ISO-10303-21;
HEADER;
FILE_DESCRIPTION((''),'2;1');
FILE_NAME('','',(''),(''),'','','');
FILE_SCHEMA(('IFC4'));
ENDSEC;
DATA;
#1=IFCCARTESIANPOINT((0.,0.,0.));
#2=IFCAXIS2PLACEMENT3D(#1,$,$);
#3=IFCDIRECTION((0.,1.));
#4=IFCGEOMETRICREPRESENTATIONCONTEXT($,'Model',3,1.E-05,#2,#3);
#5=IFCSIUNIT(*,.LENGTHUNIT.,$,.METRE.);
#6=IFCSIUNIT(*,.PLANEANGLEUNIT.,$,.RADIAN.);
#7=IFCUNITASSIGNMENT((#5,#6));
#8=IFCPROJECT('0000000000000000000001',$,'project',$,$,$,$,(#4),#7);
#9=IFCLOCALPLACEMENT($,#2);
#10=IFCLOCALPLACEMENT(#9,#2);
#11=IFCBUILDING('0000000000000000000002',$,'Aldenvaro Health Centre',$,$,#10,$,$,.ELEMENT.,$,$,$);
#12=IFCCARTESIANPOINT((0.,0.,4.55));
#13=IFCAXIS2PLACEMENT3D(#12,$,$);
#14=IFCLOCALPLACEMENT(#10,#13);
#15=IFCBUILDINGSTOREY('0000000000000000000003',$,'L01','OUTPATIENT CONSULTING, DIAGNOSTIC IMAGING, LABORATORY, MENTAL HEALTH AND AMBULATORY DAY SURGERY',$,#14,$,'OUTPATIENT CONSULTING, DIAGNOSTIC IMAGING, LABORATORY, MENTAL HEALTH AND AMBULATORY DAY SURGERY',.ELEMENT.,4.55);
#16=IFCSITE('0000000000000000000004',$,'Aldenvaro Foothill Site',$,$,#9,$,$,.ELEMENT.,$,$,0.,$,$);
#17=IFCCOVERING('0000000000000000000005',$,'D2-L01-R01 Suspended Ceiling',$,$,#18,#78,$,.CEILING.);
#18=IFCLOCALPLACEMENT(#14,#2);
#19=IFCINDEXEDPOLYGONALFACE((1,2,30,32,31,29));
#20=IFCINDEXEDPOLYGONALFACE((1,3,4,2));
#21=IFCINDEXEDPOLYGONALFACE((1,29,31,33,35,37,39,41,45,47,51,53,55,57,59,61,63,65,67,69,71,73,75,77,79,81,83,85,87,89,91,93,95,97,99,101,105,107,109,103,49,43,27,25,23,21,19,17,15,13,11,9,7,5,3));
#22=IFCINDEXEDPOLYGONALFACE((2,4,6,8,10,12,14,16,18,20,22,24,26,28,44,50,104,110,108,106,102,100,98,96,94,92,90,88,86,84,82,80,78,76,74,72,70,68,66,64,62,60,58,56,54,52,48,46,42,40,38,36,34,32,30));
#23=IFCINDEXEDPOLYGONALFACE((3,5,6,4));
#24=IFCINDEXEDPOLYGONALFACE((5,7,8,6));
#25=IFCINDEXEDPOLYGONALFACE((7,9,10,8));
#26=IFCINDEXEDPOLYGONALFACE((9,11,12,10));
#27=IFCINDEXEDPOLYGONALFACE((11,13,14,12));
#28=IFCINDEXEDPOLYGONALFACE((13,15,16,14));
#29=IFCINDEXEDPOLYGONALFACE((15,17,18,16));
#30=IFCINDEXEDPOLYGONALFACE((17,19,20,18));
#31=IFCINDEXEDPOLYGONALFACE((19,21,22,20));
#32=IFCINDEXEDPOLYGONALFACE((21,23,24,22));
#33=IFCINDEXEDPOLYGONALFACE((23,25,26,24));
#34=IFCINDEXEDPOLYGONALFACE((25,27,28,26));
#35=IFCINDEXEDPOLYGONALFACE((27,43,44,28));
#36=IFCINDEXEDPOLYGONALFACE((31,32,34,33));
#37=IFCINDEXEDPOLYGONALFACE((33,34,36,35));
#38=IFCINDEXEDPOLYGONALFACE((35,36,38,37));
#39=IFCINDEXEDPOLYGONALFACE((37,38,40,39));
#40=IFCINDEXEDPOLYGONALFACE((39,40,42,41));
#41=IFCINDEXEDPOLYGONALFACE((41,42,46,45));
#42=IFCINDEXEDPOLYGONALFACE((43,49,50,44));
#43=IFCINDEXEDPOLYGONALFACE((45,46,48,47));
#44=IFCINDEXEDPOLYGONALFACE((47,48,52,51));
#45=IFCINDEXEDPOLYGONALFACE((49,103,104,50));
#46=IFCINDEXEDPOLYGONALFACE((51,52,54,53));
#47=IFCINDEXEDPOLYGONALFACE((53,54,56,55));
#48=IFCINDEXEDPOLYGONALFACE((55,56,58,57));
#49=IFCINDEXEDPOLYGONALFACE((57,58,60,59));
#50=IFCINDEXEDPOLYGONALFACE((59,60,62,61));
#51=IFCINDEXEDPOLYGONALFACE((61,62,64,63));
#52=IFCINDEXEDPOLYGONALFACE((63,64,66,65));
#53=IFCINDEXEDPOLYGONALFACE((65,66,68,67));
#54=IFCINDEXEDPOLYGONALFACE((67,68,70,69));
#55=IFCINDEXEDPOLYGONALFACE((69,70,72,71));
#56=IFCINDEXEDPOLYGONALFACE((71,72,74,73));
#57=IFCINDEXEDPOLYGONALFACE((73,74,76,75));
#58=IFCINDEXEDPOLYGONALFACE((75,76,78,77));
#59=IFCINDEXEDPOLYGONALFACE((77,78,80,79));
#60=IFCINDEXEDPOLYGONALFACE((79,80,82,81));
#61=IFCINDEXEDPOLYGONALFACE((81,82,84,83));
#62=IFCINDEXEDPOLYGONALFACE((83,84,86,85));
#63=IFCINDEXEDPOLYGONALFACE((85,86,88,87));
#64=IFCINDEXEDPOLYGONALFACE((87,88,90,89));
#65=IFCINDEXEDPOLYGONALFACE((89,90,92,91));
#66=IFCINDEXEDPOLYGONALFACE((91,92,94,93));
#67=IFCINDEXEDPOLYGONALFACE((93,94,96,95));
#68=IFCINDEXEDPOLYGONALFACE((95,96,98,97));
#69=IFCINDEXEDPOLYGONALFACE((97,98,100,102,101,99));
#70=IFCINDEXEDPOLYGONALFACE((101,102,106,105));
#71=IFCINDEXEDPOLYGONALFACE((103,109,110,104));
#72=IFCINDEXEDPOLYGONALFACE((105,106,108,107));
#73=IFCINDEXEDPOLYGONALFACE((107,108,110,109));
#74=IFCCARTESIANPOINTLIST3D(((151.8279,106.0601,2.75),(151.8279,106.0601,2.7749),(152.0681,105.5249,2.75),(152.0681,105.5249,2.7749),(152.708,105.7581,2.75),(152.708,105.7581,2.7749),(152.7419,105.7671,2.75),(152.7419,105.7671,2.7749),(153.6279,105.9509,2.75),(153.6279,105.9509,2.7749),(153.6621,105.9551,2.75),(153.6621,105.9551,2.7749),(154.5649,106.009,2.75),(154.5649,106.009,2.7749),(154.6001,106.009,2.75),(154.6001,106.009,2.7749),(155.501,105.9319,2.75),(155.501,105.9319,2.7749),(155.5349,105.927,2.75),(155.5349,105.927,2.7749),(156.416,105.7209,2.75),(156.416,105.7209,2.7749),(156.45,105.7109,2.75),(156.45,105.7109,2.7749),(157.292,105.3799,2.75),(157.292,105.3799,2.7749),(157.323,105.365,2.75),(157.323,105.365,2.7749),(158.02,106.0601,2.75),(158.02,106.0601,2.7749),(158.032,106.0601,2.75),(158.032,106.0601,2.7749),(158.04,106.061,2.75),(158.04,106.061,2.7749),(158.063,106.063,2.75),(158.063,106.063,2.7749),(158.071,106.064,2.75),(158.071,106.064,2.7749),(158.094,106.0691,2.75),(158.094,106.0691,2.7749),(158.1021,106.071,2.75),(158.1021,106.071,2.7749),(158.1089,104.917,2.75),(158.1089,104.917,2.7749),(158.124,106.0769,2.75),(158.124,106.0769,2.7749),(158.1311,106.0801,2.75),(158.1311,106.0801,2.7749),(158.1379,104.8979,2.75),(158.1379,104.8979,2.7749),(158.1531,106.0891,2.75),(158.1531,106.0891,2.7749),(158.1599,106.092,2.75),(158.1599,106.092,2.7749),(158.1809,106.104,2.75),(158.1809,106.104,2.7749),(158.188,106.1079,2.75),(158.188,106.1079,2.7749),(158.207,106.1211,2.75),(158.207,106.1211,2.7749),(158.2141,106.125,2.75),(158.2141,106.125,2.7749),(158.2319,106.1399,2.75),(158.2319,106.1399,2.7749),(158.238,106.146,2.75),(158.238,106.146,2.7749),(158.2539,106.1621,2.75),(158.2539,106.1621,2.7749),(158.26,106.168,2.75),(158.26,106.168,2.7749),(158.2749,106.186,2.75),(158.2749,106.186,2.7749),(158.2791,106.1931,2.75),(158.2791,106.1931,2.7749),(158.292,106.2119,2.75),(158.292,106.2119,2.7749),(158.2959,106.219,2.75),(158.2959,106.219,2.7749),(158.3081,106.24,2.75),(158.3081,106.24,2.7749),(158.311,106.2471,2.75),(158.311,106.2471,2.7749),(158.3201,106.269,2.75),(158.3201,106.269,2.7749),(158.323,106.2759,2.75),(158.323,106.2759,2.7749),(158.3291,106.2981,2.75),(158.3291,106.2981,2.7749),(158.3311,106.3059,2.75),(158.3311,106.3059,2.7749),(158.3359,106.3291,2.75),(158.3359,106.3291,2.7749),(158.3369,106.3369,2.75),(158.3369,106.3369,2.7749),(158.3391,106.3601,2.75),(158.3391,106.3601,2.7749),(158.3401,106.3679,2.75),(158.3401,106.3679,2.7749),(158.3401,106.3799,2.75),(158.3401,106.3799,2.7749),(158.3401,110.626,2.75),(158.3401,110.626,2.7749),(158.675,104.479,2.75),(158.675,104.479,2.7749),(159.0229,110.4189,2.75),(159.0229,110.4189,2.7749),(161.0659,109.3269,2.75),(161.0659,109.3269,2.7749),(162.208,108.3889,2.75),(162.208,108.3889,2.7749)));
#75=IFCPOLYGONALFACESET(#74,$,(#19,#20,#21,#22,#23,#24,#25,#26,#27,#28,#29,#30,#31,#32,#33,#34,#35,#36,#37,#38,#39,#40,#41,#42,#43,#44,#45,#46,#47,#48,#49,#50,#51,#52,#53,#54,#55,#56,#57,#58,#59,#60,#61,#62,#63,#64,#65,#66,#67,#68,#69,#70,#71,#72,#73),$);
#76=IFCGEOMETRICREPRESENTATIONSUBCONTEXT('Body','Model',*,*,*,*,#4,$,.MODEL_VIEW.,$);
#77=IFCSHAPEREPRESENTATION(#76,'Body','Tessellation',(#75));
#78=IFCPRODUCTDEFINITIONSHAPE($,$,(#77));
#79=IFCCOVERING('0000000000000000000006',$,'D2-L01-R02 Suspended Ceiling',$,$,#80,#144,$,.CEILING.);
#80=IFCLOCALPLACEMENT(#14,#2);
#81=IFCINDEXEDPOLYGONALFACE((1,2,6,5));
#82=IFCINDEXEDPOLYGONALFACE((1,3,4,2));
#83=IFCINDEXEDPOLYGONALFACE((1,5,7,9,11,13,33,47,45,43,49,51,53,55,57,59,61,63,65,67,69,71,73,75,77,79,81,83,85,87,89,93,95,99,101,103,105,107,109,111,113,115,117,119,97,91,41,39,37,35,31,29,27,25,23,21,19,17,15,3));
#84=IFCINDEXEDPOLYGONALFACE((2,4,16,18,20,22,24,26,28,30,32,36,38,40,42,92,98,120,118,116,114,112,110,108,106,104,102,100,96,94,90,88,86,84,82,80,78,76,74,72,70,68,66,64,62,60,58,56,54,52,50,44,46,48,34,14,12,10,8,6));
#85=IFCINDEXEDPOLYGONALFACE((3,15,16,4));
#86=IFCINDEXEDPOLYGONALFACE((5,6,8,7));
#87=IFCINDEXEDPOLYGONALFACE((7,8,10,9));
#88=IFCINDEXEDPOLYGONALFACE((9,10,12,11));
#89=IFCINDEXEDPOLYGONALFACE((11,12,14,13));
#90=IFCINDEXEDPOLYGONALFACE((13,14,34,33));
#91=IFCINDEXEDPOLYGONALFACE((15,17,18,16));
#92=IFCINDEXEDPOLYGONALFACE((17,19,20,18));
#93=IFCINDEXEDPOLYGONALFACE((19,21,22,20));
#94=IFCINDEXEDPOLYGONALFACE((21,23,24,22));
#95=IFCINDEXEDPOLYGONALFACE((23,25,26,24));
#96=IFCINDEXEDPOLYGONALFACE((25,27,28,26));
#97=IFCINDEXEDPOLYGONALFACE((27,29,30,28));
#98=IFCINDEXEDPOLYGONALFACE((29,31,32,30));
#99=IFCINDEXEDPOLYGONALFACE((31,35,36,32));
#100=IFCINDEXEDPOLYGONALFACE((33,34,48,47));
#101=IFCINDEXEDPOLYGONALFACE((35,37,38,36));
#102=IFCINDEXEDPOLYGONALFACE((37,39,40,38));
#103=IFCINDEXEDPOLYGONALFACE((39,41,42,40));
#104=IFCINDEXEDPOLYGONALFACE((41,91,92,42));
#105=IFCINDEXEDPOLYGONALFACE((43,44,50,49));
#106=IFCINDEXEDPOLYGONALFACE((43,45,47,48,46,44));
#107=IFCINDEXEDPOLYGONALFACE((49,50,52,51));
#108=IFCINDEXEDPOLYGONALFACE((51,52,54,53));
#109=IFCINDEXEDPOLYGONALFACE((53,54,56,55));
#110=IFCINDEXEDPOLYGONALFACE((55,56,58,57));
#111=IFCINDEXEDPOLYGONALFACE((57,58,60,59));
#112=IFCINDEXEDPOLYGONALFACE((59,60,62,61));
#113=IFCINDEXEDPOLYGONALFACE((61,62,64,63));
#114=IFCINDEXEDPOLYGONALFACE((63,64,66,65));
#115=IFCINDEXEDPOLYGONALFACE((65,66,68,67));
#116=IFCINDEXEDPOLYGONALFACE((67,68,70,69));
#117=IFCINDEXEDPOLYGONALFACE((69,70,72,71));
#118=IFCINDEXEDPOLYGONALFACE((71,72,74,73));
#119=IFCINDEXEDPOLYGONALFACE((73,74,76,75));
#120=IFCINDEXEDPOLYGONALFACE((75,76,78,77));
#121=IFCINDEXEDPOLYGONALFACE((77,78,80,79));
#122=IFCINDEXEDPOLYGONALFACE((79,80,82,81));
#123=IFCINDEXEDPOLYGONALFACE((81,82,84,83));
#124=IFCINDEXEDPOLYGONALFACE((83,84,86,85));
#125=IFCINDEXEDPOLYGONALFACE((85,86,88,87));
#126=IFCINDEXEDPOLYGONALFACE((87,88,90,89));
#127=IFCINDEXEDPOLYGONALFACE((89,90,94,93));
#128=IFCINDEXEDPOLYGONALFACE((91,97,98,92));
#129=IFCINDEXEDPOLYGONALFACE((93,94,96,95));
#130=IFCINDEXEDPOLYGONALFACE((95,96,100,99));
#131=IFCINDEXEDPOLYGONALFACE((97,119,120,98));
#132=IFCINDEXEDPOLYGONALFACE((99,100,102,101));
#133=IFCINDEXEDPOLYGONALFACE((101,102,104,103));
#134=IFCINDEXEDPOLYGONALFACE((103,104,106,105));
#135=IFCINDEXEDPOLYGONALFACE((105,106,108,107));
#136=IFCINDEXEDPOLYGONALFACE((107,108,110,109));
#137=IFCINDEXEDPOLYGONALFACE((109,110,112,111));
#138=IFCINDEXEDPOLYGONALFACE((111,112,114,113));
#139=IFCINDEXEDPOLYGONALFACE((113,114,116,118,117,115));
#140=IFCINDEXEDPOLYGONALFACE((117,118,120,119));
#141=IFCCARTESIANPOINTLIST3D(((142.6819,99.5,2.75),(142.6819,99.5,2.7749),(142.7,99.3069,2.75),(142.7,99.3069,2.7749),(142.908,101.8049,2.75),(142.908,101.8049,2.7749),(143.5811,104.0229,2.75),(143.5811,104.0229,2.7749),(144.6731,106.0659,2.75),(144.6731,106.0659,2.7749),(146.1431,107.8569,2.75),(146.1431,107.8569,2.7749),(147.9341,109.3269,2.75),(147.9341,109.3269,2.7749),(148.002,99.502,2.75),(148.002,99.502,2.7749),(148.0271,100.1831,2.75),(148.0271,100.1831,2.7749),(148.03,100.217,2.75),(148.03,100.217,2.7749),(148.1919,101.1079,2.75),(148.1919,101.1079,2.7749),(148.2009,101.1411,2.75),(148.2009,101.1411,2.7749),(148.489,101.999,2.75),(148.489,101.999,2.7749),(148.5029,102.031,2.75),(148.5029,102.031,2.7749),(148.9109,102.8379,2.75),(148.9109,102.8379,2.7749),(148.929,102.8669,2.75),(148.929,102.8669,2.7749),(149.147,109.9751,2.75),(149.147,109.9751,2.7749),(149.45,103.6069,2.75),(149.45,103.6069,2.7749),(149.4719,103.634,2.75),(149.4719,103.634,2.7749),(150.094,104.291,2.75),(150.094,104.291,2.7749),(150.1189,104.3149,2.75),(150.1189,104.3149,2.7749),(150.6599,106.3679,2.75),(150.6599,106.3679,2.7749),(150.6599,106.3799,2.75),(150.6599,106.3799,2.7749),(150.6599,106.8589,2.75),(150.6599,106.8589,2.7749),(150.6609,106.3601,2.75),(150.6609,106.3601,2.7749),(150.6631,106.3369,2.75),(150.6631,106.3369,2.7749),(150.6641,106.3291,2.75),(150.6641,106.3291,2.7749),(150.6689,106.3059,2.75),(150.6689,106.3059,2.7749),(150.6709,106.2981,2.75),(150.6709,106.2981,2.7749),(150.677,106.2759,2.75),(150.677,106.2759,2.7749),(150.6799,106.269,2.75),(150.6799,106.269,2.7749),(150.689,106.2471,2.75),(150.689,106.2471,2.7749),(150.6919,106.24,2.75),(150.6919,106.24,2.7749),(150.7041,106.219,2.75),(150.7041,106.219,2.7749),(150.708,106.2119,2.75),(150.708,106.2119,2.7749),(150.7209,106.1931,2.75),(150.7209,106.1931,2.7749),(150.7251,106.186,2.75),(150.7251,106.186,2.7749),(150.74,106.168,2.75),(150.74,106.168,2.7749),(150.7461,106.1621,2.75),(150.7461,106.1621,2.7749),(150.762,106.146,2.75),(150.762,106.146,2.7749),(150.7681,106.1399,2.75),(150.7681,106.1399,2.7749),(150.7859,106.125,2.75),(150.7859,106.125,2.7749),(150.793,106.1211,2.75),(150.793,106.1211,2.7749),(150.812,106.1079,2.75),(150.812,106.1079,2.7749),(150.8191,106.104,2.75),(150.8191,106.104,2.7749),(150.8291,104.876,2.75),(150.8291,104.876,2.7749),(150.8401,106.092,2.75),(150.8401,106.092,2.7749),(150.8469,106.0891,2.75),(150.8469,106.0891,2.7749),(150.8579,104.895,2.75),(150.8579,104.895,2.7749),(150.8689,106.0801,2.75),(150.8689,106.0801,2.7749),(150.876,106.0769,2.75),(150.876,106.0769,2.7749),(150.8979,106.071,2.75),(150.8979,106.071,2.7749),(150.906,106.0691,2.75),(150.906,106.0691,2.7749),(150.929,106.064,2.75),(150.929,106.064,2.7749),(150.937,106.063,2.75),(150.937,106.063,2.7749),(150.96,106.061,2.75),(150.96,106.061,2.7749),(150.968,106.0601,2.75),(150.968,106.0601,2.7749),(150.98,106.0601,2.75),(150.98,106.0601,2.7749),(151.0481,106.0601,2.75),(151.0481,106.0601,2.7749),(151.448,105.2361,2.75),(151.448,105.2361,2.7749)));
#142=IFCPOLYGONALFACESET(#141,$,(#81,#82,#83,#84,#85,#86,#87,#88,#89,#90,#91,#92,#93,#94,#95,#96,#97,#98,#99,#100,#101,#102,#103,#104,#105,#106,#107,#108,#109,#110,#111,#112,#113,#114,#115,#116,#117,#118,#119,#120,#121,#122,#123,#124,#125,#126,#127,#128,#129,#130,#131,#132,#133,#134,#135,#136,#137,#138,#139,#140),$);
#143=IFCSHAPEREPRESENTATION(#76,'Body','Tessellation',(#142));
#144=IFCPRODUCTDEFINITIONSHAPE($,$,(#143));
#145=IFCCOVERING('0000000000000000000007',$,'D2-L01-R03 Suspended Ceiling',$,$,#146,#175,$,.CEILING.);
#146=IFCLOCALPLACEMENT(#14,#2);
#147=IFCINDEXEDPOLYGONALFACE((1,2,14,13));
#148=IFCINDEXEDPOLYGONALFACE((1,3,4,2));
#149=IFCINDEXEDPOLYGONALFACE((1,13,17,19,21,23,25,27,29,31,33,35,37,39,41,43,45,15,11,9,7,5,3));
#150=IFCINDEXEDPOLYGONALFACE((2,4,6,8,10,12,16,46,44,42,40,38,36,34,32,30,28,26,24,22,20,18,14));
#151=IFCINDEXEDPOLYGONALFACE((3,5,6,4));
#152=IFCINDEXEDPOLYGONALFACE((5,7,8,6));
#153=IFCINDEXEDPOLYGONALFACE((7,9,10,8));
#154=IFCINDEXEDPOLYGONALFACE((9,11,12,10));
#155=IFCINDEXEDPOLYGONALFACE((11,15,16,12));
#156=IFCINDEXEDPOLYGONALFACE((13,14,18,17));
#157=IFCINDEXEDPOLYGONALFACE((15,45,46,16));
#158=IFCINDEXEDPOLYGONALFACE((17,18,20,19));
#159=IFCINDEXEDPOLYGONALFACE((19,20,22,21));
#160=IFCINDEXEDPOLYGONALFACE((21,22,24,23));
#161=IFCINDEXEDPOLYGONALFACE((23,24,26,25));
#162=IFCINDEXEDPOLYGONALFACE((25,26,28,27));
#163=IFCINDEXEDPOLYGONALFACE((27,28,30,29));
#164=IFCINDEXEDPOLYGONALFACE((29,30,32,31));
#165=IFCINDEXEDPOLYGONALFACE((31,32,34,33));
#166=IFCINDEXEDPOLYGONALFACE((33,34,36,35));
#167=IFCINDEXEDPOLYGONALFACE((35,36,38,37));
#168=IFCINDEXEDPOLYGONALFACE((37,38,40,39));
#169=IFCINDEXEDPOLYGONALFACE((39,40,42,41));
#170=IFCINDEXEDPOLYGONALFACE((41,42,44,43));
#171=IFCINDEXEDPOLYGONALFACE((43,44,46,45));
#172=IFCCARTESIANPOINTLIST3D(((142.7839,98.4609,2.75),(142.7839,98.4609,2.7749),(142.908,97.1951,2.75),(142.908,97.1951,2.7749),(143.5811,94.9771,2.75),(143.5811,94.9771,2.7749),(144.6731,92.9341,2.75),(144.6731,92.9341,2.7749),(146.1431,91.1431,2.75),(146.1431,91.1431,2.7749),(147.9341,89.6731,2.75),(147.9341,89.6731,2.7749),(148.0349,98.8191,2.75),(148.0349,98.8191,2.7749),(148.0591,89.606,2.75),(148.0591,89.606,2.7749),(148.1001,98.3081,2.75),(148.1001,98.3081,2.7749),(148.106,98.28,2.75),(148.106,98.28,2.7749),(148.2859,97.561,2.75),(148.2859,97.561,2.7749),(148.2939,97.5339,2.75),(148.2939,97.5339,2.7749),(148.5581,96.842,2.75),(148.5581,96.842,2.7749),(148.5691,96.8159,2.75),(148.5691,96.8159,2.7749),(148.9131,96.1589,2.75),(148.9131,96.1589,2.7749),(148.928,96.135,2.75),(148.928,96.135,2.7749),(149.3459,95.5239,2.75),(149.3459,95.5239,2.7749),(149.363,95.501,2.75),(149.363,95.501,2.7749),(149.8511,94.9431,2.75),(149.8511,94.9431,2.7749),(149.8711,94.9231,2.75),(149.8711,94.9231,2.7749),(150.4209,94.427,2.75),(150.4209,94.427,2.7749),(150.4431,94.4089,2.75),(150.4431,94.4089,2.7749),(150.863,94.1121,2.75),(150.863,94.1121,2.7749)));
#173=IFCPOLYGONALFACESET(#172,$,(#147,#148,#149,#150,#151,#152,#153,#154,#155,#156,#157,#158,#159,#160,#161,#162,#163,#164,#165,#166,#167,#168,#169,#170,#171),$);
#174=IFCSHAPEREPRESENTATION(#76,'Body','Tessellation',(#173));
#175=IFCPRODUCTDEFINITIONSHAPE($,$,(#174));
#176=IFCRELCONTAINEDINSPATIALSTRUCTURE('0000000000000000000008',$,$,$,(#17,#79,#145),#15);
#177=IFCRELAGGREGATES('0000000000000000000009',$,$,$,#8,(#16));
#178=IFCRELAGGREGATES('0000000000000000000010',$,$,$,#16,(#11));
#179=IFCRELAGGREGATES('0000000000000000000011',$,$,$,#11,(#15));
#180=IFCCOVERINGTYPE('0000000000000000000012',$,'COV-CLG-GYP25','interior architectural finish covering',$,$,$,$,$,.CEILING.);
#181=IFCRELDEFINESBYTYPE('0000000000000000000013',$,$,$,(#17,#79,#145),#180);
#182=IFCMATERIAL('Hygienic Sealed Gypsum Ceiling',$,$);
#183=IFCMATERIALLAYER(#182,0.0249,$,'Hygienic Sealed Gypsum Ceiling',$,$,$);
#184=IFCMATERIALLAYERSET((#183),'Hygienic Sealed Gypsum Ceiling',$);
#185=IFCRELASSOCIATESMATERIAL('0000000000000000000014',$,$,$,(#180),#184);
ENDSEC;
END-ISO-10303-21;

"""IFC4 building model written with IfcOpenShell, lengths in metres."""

from ifc_helpers import new_model, si_unit, direction, frame, origin, place, context, subcontext, project, spatial, polyline, outline, extrude, material, layer, layer_set, type_object, element, save


model = new_model("IFC4")

# Units and contexts
model_context = context("Model", 3, precision=1e-05, world=origin(), true_north=direction((0.0, 1.0)))
body_context = subcontext(model_context, "Body", "Model", "MODEL_VIEW")
ifc_project = project(units=[si_unit("LENGTHUNIT", "METRE"), si_unit("PLANEANGLEUNIT", "RADIAN")], contexts=[model_context])

# Site, building, storey
site_placement = place(None, origin())
site = spatial("IfcSite", under=ifc_project, at=site_placement, Name="Aldenvaro Foothill Site", CompositionType="ELEMENT", RefElevation=0.0)
building_placement = place(site_placement, origin())
building = spatial("IfcBuilding", under=site, at=building_placement, Name="Aldenvaro Health Centre", CompositionType="ELEMENT")
storey_placement = place(building_placement, frame((0.0, 0.0, 4.55)))
storey = spatial("IfcBuildingStorey", under=building, at=storey_placement, Name="L01", Description="OUTPATIENT CONSULTING, DIAGNOSTIC IMAGING, LABORATORY, MENTAL HEALTH AND AMBULATORY DAY SURGERY", LongName="OUTPATIENT CONSULTING, DIAGNOSTIC IMAGING, LABORATORY, MENTAL HEALTH AND AMBULATORY DAY SURGERY", CompositionType="ELEMENT", Elevation=4.55)

# Coverings
ifc_material_1 = material(Name="Hygienic Sealed Gypsum Ceiling")
ifc_layer_1 = layer(ifc_material_1, 0.0249, Name="Hygienic Sealed Gypsum Ceiling")
ifc_layer_set_1 = layer_set([ifc_layer_1], Name="Hygienic Sealed Gypsum Ceiling")
covering_type_1 = type_object("IfcCoveringType", Name="COV-CLG-GYP25", Description="interior architectural finish covering", PredefinedType="CEILING", material=ifc_layer_set_1)
covering_1_placement = place(storey_placement, frame((0.0, 0.0, 2.75)))
element("IfcCovering", 1, at=covering_1_placement, inside=storey, type_object=covering_type_1, Name="D2-L01-R01 Suspended Ceiling", PredefinedType="CEILING", context=body_context, shape_type="SweptSolid", body=[
    extrude(outline(polyline([(158.1379, 104.8979), (158.1089, 104.917), (157.323, 105.365), (157.292, 105.3799), (156.45, 105.7109), (156.416, 105.7209), (155.5349, 105.927), (155.501, 105.9319), (154.6001, 106.009), (154.5649, 106.009), (153.6621, 105.9551), (153.6279, 105.9509), (152.7419, 105.7671), (152.708, 105.7581), (152.0681, 105.5249), (151.8279, 106.0601), (158.02, 106.0601), (158.032, 106.0601), (158.04, 106.061), (158.063, 106.063), (158.071, 106.064), (158.094, 106.0691), (158.1021, 106.071), (158.124, 106.0769), (158.1311, 106.0801), (158.1531, 106.0891), (158.1599, 106.092), (158.1809, 106.104), (158.188, 106.1079), (158.207, 106.1211), (158.2141, 106.125), (158.2319, 106.1399), (158.238, 106.146), (158.2539, 106.1621), (158.26, 106.168), (158.2749, 106.186), (158.2791, 106.1931), (158.292, 106.2119), (158.2959, 106.219), (158.3081, 106.24), (158.311, 106.2471), (158.3201, 106.269), (158.323, 106.2759), (158.3291, 106.2981), (158.3311, 106.3059), (158.3359, 106.3291), (158.3369, 106.3369), (158.3391, 106.3601), (158.3401, 106.3679), (158.3401, 106.3799), (158.3401, 110.626), (159.0229, 110.4189), (161.0659, 109.3269), (162.208, 108.3889), (158.675, 104.479), (158.1379, 104.8979)])), origin(), (0.0, 0.0, 1.0), 0.0249),
])
covering_2_placement = place(storey_placement, frame((0.0, 0.0, 2.75)))
element("IfcCovering", 2, at=covering_2_placement, inside=storey, type_object=covering_type_1, Name="D2-L01-R02 Suspended Ceiling", PredefinedType="CEILING", context=body_context, shape_type="SweptSolid", body=[
    extrude(outline(polyline([(150.8579, 104.895), (150.8291, 104.876), (150.1189, 104.3149), (150.094, 104.291), (149.4719, 103.634), (149.45, 103.6069), (148.929, 102.8669), (148.9109, 102.8379), (148.5029, 102.031), (148.489, 101.999), (148.2009, 101.1411), (148.1919, 101.1079), (148.03, 100.217), (148.0271, 100.1831), (148.002, 99.502), (142.7, 99.3069), (142.6819, 99.5), (142.908, 101.8049), (143.5811, 104.0229), (144.6731, 106.0659), (146.1431, 107.8569), (147.9341, 109.3269), (149.147, 109.9751), (150.6599, 106.8589), (150.6599, 106.3799), (150.6599, 106.3679), (150.6609, 106.3601), (150.6631, 106.3369), (150.6641, 106.3291), (150.6689, 106.3059), (150.6709, 106.2981), (150.677, 106.2759), (150.6799, 106.269), (150.689, 106.2471), (150.6919, 106.24), (150.7041, 106.219), (150.708, 106.2119), (150.7209, 106.1931), (150.7251, 106.186), (150.74, 106.168), (150.7461, 106.1621), (150.762, 106.146), (150.7681, 106.1399), (150.7859, 106.125), (150.793, 106.1211), (150.812, 106.1079), (150.8191, 106.104), (150.8401, 106.092), (150.8469, 106.0891), (150.8689, 106.0801), (150.876, 106.0769), (150.8979, 106.071), (150.906, 106.0691), (150.929, 106.064), (150.937, 106.063), (150.96, 106.061), (150.968, 106.0601), (150.98, 106.0601), (151.0481, 106.0601), (151.448, 105.2361), (150.8579, 104.895)])), origin(), (0.0, 0.0, 1.0), 0.0249),
])
covering_3_placement = place(storey_placement, frame((0.0, 0.0, 2.75)))
element("IfcCovering", 3, at=covering_3_placement, inside=storey, type_object=covering_type_1, Name="D2-L01-R03 Suspended Ceiling", PredefinedType="CEILING", context=body_context, shape_type="SweptSolid", body=[
    extrude(outline(polyline([(148.1001, 98.3081), (148.106, 98.28), (148.2859, 97.561), (148.2939, 97.5339), (148.5581, 96.842), (148.5691, 96.8159), (148.9131, 96.1589), (148.928, 96.135), (149.3459, 95.5239), (149.363, 95.501), (149.8511, 94.9431), (149.8711, 94.9231), (150.4209, 94.427), (150.4431, 94.4089), (150.863, 94.1121), (148.0591, 89.606), (147.9341, 89.6731), (146.1431, 91.1431), (144.6731, 92.9341), (143.5811, 94.9771), (142.908, 97.1951), (142.7839, 98.4609), (148.0349, 98.8191), (148.1001, 98.3081)])), origin(), (0.0, 0.0, 1.0), 0.0249),
])

save(model, "model.ifc")
